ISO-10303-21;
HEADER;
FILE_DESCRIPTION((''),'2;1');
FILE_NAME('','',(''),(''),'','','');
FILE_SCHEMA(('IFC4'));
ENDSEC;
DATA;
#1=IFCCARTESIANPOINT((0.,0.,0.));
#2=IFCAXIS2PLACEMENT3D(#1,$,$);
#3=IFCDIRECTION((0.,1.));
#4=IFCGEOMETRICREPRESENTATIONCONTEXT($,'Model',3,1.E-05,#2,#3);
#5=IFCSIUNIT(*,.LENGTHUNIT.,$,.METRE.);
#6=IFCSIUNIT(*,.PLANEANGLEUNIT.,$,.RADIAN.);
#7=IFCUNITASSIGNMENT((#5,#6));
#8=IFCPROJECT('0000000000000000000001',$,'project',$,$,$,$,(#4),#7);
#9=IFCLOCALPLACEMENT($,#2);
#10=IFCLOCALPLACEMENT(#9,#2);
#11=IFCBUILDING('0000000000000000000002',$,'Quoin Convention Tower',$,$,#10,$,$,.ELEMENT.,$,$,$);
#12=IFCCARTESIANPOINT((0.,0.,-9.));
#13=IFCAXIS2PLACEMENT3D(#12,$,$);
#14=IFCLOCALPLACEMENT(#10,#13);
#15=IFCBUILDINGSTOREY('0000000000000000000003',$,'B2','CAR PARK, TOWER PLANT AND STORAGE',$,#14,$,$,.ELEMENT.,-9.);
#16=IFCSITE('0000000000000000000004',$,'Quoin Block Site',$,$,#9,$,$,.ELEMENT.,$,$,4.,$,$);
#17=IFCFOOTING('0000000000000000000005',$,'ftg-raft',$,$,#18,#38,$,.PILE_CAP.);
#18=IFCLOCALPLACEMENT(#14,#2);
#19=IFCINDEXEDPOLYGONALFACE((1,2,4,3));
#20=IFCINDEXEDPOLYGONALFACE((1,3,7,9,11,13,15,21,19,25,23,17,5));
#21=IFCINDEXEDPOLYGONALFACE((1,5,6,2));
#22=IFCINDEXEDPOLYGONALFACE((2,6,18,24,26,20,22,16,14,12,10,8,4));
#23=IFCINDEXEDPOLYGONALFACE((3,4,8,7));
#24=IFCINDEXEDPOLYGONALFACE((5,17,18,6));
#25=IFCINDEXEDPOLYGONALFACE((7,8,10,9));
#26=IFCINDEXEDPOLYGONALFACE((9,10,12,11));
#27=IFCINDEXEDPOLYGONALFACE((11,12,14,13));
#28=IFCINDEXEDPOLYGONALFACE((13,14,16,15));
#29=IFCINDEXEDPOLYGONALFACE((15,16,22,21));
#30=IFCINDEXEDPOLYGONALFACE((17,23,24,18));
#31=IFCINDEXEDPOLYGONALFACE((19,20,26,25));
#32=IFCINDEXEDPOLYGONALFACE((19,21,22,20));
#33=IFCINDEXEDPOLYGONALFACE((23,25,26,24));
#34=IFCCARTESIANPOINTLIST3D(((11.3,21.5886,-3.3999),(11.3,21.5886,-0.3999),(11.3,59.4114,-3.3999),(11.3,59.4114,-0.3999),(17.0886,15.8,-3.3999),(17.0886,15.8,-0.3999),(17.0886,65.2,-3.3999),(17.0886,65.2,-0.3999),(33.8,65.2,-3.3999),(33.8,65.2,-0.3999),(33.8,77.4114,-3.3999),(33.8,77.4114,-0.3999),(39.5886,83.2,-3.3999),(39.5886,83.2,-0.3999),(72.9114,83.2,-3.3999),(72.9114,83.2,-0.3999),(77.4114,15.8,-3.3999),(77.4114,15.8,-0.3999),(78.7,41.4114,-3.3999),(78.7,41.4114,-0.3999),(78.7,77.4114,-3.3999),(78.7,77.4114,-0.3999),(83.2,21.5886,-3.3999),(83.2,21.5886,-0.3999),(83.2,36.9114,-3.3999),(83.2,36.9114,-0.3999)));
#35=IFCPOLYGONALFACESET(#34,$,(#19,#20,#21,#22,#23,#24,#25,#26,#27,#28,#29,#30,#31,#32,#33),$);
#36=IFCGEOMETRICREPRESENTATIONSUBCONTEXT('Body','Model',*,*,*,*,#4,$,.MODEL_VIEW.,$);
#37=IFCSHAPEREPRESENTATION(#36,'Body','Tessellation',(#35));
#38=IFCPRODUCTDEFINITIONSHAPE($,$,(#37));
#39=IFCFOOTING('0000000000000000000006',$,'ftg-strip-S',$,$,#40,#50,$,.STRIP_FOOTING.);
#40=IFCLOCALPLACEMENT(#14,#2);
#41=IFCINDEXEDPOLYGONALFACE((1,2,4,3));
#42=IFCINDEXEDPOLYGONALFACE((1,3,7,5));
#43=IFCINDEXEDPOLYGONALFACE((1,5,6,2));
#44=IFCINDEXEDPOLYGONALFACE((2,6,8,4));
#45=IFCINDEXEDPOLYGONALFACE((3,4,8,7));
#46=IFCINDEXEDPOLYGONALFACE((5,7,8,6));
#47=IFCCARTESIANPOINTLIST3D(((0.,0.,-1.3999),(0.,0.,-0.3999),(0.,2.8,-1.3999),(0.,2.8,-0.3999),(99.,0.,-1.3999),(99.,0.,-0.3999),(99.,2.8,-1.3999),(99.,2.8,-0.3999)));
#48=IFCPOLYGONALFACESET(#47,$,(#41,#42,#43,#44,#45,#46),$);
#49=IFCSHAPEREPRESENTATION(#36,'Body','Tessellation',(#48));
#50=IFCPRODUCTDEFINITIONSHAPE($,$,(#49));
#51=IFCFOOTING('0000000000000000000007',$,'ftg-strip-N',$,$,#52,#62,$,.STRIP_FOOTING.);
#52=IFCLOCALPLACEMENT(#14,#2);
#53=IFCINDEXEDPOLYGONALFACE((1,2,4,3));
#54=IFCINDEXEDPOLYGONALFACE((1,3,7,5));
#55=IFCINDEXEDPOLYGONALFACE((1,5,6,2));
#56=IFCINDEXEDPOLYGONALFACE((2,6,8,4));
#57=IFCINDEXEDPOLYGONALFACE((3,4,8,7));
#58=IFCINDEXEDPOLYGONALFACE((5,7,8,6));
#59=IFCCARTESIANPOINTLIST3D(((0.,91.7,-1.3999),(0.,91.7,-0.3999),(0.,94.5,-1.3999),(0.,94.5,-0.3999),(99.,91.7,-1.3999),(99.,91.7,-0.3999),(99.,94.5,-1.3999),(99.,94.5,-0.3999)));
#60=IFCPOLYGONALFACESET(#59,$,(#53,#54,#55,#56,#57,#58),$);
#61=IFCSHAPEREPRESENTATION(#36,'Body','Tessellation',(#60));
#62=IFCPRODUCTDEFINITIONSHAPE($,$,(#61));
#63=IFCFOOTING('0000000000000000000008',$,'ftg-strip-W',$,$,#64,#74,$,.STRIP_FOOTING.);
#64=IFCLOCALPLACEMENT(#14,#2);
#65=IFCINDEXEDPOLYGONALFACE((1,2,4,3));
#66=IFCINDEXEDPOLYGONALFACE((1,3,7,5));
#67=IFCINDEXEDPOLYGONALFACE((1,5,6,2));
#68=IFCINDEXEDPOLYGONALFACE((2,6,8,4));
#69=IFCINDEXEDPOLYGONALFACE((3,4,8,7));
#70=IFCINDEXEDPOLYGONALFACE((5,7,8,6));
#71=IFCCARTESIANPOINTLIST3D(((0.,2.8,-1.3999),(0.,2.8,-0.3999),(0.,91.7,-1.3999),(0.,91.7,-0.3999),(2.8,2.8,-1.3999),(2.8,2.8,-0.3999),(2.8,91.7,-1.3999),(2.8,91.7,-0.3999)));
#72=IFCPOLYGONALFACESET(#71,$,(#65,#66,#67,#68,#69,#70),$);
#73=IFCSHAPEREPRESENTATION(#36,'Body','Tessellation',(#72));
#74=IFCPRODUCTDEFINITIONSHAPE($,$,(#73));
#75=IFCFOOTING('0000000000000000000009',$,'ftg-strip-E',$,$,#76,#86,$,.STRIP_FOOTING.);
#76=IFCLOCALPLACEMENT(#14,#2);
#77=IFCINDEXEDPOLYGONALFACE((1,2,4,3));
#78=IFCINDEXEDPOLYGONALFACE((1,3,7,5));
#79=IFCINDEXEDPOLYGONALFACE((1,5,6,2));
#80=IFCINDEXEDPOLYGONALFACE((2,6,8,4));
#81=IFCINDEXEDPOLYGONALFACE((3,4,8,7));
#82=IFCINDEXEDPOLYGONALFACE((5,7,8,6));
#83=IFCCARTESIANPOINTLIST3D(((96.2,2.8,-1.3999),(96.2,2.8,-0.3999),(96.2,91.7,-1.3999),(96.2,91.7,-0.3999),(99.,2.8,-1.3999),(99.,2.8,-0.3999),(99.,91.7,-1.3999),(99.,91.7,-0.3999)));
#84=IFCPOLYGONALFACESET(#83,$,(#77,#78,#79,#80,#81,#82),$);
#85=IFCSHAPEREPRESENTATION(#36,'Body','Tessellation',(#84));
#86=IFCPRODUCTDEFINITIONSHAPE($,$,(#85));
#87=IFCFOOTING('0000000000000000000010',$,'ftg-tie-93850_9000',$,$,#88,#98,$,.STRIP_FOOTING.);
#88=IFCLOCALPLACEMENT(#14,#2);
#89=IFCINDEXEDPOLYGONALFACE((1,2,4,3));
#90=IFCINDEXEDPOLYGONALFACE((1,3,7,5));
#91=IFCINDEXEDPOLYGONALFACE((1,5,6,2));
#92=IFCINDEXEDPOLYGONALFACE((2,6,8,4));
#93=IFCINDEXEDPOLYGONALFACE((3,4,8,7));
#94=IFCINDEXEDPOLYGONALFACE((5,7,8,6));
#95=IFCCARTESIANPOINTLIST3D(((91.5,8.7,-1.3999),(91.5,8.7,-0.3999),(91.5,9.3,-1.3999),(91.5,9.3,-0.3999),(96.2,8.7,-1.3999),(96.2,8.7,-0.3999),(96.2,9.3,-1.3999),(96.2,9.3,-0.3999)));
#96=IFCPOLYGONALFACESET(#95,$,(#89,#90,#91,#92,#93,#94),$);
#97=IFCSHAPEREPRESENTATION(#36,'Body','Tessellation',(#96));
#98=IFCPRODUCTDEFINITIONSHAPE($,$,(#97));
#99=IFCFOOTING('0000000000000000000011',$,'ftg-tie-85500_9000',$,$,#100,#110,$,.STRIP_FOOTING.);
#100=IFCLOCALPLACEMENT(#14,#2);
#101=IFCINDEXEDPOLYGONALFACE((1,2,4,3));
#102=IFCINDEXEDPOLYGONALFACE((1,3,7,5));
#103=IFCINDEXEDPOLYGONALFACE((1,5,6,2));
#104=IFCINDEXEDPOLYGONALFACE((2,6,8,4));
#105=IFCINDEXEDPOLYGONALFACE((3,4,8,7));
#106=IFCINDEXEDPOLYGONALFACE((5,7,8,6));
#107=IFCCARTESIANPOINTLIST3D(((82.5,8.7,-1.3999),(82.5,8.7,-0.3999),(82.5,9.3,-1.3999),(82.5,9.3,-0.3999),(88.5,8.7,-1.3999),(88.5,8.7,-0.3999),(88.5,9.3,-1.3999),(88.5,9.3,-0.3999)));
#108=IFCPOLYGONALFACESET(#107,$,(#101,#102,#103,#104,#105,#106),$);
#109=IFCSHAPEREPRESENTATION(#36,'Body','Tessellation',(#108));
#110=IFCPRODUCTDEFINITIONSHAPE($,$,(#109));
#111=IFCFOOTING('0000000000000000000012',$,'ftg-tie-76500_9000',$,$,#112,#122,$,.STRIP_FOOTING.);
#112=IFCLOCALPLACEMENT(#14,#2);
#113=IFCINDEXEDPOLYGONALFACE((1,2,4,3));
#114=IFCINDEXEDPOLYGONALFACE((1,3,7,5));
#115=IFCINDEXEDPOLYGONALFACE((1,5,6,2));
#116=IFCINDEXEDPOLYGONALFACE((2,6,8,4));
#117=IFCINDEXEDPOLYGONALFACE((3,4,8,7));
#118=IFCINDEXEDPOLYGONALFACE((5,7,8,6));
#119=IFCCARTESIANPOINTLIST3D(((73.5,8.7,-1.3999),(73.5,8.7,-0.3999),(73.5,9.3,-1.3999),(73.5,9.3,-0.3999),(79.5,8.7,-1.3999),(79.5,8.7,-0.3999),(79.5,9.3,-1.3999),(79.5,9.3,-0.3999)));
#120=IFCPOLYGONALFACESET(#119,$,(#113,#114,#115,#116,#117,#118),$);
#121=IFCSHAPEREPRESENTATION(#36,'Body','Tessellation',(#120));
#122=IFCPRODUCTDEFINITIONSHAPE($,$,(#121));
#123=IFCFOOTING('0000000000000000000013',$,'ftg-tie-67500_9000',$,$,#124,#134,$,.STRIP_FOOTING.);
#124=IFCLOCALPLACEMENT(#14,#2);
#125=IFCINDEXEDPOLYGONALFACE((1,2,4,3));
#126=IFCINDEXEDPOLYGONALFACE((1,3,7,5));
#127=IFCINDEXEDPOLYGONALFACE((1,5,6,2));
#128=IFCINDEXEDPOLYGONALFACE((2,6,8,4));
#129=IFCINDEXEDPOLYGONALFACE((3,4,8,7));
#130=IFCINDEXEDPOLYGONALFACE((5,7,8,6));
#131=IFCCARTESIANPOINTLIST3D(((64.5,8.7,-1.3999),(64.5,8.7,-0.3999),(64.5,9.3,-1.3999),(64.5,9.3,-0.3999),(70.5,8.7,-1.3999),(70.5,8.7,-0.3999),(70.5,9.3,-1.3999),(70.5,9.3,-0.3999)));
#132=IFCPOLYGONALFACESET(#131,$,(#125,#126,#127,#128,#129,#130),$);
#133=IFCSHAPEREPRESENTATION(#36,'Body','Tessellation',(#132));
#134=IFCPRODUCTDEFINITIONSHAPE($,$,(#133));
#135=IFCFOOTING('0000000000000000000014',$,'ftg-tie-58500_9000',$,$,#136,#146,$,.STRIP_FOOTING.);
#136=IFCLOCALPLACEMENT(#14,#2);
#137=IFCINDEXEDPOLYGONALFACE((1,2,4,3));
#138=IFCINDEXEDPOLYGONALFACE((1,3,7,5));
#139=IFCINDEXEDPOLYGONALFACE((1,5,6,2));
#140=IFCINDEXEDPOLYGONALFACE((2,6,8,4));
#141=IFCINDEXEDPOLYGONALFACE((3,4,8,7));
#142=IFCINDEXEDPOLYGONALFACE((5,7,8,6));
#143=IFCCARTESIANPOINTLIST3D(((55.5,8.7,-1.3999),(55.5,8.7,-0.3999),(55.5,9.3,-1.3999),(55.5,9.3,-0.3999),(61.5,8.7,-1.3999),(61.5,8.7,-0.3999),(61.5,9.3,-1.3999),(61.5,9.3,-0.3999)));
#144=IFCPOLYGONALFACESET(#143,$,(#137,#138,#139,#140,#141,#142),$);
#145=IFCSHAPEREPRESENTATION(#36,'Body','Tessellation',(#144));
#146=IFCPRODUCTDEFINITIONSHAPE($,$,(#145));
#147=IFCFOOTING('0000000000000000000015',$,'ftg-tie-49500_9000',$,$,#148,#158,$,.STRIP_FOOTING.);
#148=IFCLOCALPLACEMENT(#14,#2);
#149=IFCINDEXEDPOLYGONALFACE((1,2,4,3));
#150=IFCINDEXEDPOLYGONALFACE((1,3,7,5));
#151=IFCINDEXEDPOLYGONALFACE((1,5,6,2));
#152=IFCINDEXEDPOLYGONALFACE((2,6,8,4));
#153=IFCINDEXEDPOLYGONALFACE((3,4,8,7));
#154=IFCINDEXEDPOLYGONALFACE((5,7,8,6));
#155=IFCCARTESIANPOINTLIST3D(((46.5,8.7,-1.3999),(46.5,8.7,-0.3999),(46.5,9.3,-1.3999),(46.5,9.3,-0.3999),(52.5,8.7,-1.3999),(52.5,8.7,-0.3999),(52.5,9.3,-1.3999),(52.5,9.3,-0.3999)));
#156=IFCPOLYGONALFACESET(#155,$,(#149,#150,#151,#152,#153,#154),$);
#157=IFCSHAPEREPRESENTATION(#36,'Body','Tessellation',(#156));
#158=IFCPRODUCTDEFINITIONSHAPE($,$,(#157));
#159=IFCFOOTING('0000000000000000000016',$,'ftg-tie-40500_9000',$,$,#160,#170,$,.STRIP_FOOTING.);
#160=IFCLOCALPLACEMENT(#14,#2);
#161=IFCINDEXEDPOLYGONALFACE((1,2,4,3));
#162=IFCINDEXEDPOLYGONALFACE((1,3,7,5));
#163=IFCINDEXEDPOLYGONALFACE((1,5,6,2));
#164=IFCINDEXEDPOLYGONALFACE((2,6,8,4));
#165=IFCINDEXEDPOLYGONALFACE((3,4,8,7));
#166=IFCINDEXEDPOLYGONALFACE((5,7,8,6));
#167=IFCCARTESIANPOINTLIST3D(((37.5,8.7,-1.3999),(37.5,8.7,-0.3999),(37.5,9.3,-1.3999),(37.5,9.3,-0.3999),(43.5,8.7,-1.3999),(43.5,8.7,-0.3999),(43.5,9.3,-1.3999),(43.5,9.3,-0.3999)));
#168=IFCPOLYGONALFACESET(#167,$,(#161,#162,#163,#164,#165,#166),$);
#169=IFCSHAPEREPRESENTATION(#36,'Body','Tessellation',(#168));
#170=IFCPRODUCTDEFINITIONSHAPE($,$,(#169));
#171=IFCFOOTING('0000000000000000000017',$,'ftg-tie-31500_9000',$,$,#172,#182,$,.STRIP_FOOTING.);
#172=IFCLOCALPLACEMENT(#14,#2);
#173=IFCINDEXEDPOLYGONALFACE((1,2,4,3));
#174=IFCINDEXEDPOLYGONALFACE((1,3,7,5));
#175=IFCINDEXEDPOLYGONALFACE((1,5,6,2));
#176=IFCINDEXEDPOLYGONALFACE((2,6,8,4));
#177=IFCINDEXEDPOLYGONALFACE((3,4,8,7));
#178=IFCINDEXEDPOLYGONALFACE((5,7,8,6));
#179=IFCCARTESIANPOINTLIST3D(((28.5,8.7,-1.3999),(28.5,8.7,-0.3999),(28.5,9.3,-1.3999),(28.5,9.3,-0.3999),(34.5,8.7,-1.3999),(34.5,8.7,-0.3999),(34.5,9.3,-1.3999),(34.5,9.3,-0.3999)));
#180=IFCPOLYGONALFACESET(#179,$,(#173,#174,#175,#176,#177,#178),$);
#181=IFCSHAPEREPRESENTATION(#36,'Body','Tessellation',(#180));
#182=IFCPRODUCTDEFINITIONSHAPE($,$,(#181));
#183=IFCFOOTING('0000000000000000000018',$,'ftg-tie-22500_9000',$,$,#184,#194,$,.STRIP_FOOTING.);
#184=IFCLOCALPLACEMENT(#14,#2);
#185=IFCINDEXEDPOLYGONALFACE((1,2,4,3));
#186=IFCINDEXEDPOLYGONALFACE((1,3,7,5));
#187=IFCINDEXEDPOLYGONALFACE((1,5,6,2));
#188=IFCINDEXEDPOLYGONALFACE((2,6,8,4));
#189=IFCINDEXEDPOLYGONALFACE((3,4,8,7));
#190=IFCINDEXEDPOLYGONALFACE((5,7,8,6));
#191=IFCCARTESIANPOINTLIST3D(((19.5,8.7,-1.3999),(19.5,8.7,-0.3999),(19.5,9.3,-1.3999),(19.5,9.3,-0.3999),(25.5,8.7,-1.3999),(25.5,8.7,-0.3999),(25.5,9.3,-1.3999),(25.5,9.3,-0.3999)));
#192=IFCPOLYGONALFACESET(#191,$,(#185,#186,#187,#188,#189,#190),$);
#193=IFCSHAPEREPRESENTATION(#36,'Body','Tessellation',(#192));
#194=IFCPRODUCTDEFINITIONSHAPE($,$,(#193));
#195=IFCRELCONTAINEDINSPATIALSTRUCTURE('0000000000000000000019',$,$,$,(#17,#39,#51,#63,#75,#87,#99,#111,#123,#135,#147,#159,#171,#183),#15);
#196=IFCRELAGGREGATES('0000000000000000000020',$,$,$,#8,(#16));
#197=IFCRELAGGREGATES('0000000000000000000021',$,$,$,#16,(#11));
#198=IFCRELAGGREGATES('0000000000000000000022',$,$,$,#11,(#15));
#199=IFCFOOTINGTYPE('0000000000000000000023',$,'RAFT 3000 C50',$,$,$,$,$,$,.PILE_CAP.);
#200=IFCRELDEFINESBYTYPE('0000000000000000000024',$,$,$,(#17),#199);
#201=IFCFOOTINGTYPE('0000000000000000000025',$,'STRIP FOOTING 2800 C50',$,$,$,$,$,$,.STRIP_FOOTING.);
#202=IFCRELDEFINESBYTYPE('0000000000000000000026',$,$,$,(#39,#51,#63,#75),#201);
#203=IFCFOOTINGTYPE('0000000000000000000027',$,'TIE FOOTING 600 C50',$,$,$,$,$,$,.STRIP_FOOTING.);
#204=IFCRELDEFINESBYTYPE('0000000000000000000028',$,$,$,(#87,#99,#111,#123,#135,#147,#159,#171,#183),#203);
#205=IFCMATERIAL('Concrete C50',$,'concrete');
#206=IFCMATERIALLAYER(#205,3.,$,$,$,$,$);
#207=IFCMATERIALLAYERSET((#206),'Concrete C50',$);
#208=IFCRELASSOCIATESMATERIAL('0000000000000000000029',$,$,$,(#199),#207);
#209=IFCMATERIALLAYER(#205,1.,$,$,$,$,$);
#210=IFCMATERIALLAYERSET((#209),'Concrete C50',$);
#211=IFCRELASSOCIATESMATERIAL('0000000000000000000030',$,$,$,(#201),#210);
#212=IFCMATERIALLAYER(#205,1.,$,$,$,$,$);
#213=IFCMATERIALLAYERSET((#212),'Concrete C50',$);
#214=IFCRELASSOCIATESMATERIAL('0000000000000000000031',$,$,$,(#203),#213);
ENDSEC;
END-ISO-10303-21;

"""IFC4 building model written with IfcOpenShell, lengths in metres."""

from ifc_helpers import new_model, si_unit, direction, frame, origin, place, context, subcontext, project, spatial, polyline, outline, extrude, material, layer, layer_set, type_object, element, save


model = new_model("IFC4")

# Units and contexts
model_context = context("Model", 3, precision=1e-05, world=origin(), true_north=direction((0.0, 1.0)))
body_context = subcontext(model_context, "Body", "Model", "MODEL_VIEW")
ifc_project = project(units=[si_unit("LENGTHUNIT", "METRE"), si_unit("PLANEANGLEUNIT", "RADIAN")], contexts=[model_context])

# Site, building, storey
site_placement = place(None, origin())
site = spatial("IfcSite", under=ifc_project, at=site_placement, Name="Quoin Block Site", CompositionType="ELEMENT", RefElevation=4.0)
building_placement = place(site_placement, origin())
building = spatial("IfcBuilding", under=site, at=building_placement, Name="Quoin Convention Tower", CompositionType="ELEMENT")
storey_placement = place(building_placement, frame((0.0, 0.0, -9.0)))
storey = spatial("IfcBuildingStorey", under=building, at=storey_placement, Name="B2", Description="CAR PARK, TOWER PLANT AND STORAGE", CompositionType="ELEMENT", Elevation=-9.0)

# Footings
ifc_material = material(Name="Concrete C50", Category="concrete")
ifc_layer_1 = layer(ifc_material, 3.0)
ifc_layer_set_1 = layer_set([ifc_layer_1], Name="Concrete C50")
footing_type_1 = type_object("IfcFootingType", Name="RAFT 3000 C50", PredefinedType="PILE_CAP", material=ifc_layer_set_1)
footing_1_placement = place(storey_placement, frame((0.0, 0.0, -3.3999)))
element("IfcFooting", 1, at=footing_1_placement, inside=storey, type_object=footing_type_1, Name="ftg-raft", PredefinedType="PILE_CAP", context=body_context, shape_type="SweptSolid", body=[
    extrude(outline(polyline([(11.3, 21.5886), (11.3, 59.4114), (17.0886, 65.2), (33.8, 65.2), (33.8, 77.4114), (39.5886, 83.2), (72.9114, 83.2), (78.7, 77.4114), (78.7, 41.4114), (83.2, 36.9114), (83.2, 21.5886), (77.4114, 15.8), (17.0886, 15.8), (11.3, 21.5886)])), origin(), (0.0, 0.0, 1.0), 3.0),
])
ifc_layer_2 = layer(ifc_material, 1.0)
ifc_layer_set_2 = layer_set([ifc_layer_2], Name="Concrete C50")
footing_type_2 = type_object("IfcFootingType", Name="STRIP FOOTING 2800 C50", PredefinedType="STRIP_FOOTING", material=ifc_layer_set_2)
footing_2_placement = place(storey_placement, frame((0.0, 0.0, -1.3999)))
element("IfcFooting", 2, at=footing_2_placement, inside=storey, type_object=footing_type_2, Name="ftg-strip-S", PredefinedType="STRIP_FOOTING", context=body_context, shape_type="SweptSolid", body=[
    extrude(outline(polyline([(0.0, 0.0), (99.0, 0.0), (99.0, 2.8), (0.0, 2.8), (0.0, 0.0)])), origin(), (0.0, 0.0, 1.0), 1.0),
])
footing_3_placement = place(storey_placement, frame((0.0, 0.0, -1.3999)))
element("IfcFooting", 3, at=footing_3_placement, inside=storey, type_object=footing_type_2, Name="ftg-strip-N", PredefinedType="STRIP_FOOTING", context=body_context, shape_type="SweptSolid", body=[
    extrude(outline(polyline([(0.0, 91.7), (99.0, 91.7), (99.0, 94.5), (0.0, 94.5), (0.0, 91.7)])), origin(), (0.0, 0.0, 1.0), 1.0),
])
footing_4_placement = place(storey_placement, frame((0.0, 0.0, -1.3999)))
element("IfcFooting", 4, at=footing_4_placement, inside=storey, type_object=footing_type_2, Name="ftg-strip-W", PredefinedType="STRIP_FOOTING", context=body_context, shape_type="SweptSolid", body=[
    extrude(outline(polyline([(0.0, 2.8), (2.8, 2.8), (2.8, 91.7), (0.0, 91.7), (0.0, 2.8)])), origin(), (0.0, 0.0, 1.0), 1.0),
])
footing_5_placement = place(storey_placement, frame((0.0, 0.0, -1.3999)))
element("IfcFooting", 5, at=footing_5_placement, inside=storey, type_object=footing_type_2, Name="ftg-strip-E", PredefinedType="STRIP_FOOTING", context=body_context, shape_type="SweptSolid", body=[
    extrude(outline(polyline([(96.2, 2.8), (99.0, 2.8), (99.0, 91.7), (96.2, 91.7), (96.2, 2.8)])), origin(), (0.0, 0.0, 1.0), 1.0),
])
ifc_layer_3 = layer(ifc_material, 1.0)
ifc_layer_set_3 = layer_set([ifc_layer_3], Name="Concrete C50")
footing_type_3 = type_object("IfcFootingType", Name="TIE FOOTING 600 C50", PredefinedType="STRIP_FOOTING", material=ifc_layer_set_3)
footing_6_placement = place(storey_placement, frame((0.0, 0.0, -1.3999)))
element("IfcFooting", 6, at=footing_6_placement, inside=storey, type_object=footing_type_3, Name="ftg-tie-93850_9000", PredefinedType="STRIP_FOOTING", context=body_context, shape_type="SweptSolid", body=[
    extrude(outline(polyline([(96.2, 9.3), (96.2, 8.7), (91.5, 8.7), (91.5, 9.3), (96.2, 9.3)])), origin(), (0.0, 0.0, 1.0), 1.0),
])
footing_7_placement = place(storey_placement, frame((0.0, 0.0, -1.3999)))
element("IfcFooting", 7, at=footing_7_placement, inside=storey, type_object=footing_type_3, Name="ftg-tie-85500_9000", PredefinedType="STRIP_FOOTING", context=body_context, shape_type="SweptSolid", body=[
    extrude(outline(polyline([(88.5, 9.3), (88.5, 8.7), (82.5, 8.7), (82.5, 9.3), (88.5, 9.3)])), origin(), (0.0, 0.0, 1.0), 1.0),
])
footing_8_placement = place(storey_placement, frame((0.0, 0.0, -1.3999)))
element("IfcFooting", 8, at=footing_8_placement, inside=storey, type_object=footing_type_3, Name="ftg-tie-76500_9000", PredefinedType="STRIP_FOOTING", context=body_context, shape_type="SweptSolid", body=[
    extrude(outline(polyline([(79.5, 9.3), (79.5, 8.7), (73.5, 8.7), (73.5, 9.3), (79.5, 9.3)])), origin(), (0.0, 0.0, 1.0), 1.0),
])
footing_9_placement = place(storey_placement, frame((0.0, 0.0, -1.3999)))
element("IfcFooting", 9, at=footing_9_placement, inside=storey, type_object=footing_type_3, Name="ftg-tie-67500_9000", PredefinedType="STRIP_FOOTING", context=body_context, shape_type="SweptSolid", body=[
    extrude(outline(polyline([(70.5, 9.3), (70.5, 8.7), (64.5, 8.7), (64.5, 9.3), (70.5, 9.3)])), origin(), (0.0, 0.0, 1.0), 1.0),
])
footing_10_placement = place(storey_placement, frame((0.0, 0.0, -1.3999)))
element("IfcFooting", 10, at=footing_10_placement, inside=storey, type_object=footing_type_3, Name="ftg-tie-58500_9000", PredefinedType="STRIP_FOOTING", context=body_context, shape_type="SweptSolid", body=[
    extrude(outline(polyline([(61.5, 9.3), (61.5, 8.7), (55.5, 8.7), (55.5, 9.3), (61.5, 9.3)])), origin(), (0.0, 0.0, 1.0), 1.0),
])
footing_11_placement = place(storey_placement, frame((0.0, 0.0, -1.3999)))
element("IfcFooting", 11, at=footing_11_placement, inside=storey, type_object=footing_type_3, Name="ftg-tie-49500_9000", PredefinedType="STRIP_FOOTING", context=body_context, shape_type="SweptSolid", body=[
    extrude(outline(polyline([(52.5, 9.3), (52.5, 8.7), (46.5, 8.7), (46.5, 9.3), (52.5, 9.3)])), origin(), (0.0, 0.0, 1.0), 1.0),
])
footing_12_placement = place(storey_placement, frame((0.0, 0.0, -1.3999)))
element("IfcFooting", 12, at=footing_12_placement, inside=storey, type_object=footing_type_3, Name="ftg-tie-40500_9000", PredefinedType="STRIP_FOOTING", context=body_context, shape_type="SweptSolid", body=[
    extrude(outline(polyline([(43.5, 9.3), (43.5, 8.7), (37.5, 8.7), (37.5, 9.3), (43.5, 9.3)])), origin(), (0.0, 0.0, 1.0), 1.0),
])
footing_13_placement = place(storey_placement, frame((0.0, 0.0, -1.3999)))
element("IfcFooting", 13, at=footing_13_placement, inside=storey, type_object=footing_type_3, Name="ftg-tie-31500_9000", PredefinedType="STRIP_FOOTING", context=body_context, shape_type="SweptSolid", body=[
    extrude(outline(polyline([(34.5, 9.3), (34.5, 8.7), (28.5, 8.7), (28.5, 9.3), (34.5, 9.3)])), origin(), (0.0, 0.0, 1.0), 1.0),
])
footing_14_placement = place(storey_placement, frame((0.0, 0.0, -1.3999)))
element("IfcFooting", 14, at=footing_14_placement, inside=storey, type_object=footing_type_3, Name="ftg-tie-22500_9000", PredefinedType="STRIP_FOOTING", context=body_context, shape_type="SweptSolid", body=[
    extrude(outline(polyline([(25.5, 9.3), (25.5, 8.7), (19.5, 8.7), (19.5, 9.3), (25.5, 9.3)])), origin(), (0.0, 0.0, 1.0), 1.0),
])

save(model, "model.ifc")
